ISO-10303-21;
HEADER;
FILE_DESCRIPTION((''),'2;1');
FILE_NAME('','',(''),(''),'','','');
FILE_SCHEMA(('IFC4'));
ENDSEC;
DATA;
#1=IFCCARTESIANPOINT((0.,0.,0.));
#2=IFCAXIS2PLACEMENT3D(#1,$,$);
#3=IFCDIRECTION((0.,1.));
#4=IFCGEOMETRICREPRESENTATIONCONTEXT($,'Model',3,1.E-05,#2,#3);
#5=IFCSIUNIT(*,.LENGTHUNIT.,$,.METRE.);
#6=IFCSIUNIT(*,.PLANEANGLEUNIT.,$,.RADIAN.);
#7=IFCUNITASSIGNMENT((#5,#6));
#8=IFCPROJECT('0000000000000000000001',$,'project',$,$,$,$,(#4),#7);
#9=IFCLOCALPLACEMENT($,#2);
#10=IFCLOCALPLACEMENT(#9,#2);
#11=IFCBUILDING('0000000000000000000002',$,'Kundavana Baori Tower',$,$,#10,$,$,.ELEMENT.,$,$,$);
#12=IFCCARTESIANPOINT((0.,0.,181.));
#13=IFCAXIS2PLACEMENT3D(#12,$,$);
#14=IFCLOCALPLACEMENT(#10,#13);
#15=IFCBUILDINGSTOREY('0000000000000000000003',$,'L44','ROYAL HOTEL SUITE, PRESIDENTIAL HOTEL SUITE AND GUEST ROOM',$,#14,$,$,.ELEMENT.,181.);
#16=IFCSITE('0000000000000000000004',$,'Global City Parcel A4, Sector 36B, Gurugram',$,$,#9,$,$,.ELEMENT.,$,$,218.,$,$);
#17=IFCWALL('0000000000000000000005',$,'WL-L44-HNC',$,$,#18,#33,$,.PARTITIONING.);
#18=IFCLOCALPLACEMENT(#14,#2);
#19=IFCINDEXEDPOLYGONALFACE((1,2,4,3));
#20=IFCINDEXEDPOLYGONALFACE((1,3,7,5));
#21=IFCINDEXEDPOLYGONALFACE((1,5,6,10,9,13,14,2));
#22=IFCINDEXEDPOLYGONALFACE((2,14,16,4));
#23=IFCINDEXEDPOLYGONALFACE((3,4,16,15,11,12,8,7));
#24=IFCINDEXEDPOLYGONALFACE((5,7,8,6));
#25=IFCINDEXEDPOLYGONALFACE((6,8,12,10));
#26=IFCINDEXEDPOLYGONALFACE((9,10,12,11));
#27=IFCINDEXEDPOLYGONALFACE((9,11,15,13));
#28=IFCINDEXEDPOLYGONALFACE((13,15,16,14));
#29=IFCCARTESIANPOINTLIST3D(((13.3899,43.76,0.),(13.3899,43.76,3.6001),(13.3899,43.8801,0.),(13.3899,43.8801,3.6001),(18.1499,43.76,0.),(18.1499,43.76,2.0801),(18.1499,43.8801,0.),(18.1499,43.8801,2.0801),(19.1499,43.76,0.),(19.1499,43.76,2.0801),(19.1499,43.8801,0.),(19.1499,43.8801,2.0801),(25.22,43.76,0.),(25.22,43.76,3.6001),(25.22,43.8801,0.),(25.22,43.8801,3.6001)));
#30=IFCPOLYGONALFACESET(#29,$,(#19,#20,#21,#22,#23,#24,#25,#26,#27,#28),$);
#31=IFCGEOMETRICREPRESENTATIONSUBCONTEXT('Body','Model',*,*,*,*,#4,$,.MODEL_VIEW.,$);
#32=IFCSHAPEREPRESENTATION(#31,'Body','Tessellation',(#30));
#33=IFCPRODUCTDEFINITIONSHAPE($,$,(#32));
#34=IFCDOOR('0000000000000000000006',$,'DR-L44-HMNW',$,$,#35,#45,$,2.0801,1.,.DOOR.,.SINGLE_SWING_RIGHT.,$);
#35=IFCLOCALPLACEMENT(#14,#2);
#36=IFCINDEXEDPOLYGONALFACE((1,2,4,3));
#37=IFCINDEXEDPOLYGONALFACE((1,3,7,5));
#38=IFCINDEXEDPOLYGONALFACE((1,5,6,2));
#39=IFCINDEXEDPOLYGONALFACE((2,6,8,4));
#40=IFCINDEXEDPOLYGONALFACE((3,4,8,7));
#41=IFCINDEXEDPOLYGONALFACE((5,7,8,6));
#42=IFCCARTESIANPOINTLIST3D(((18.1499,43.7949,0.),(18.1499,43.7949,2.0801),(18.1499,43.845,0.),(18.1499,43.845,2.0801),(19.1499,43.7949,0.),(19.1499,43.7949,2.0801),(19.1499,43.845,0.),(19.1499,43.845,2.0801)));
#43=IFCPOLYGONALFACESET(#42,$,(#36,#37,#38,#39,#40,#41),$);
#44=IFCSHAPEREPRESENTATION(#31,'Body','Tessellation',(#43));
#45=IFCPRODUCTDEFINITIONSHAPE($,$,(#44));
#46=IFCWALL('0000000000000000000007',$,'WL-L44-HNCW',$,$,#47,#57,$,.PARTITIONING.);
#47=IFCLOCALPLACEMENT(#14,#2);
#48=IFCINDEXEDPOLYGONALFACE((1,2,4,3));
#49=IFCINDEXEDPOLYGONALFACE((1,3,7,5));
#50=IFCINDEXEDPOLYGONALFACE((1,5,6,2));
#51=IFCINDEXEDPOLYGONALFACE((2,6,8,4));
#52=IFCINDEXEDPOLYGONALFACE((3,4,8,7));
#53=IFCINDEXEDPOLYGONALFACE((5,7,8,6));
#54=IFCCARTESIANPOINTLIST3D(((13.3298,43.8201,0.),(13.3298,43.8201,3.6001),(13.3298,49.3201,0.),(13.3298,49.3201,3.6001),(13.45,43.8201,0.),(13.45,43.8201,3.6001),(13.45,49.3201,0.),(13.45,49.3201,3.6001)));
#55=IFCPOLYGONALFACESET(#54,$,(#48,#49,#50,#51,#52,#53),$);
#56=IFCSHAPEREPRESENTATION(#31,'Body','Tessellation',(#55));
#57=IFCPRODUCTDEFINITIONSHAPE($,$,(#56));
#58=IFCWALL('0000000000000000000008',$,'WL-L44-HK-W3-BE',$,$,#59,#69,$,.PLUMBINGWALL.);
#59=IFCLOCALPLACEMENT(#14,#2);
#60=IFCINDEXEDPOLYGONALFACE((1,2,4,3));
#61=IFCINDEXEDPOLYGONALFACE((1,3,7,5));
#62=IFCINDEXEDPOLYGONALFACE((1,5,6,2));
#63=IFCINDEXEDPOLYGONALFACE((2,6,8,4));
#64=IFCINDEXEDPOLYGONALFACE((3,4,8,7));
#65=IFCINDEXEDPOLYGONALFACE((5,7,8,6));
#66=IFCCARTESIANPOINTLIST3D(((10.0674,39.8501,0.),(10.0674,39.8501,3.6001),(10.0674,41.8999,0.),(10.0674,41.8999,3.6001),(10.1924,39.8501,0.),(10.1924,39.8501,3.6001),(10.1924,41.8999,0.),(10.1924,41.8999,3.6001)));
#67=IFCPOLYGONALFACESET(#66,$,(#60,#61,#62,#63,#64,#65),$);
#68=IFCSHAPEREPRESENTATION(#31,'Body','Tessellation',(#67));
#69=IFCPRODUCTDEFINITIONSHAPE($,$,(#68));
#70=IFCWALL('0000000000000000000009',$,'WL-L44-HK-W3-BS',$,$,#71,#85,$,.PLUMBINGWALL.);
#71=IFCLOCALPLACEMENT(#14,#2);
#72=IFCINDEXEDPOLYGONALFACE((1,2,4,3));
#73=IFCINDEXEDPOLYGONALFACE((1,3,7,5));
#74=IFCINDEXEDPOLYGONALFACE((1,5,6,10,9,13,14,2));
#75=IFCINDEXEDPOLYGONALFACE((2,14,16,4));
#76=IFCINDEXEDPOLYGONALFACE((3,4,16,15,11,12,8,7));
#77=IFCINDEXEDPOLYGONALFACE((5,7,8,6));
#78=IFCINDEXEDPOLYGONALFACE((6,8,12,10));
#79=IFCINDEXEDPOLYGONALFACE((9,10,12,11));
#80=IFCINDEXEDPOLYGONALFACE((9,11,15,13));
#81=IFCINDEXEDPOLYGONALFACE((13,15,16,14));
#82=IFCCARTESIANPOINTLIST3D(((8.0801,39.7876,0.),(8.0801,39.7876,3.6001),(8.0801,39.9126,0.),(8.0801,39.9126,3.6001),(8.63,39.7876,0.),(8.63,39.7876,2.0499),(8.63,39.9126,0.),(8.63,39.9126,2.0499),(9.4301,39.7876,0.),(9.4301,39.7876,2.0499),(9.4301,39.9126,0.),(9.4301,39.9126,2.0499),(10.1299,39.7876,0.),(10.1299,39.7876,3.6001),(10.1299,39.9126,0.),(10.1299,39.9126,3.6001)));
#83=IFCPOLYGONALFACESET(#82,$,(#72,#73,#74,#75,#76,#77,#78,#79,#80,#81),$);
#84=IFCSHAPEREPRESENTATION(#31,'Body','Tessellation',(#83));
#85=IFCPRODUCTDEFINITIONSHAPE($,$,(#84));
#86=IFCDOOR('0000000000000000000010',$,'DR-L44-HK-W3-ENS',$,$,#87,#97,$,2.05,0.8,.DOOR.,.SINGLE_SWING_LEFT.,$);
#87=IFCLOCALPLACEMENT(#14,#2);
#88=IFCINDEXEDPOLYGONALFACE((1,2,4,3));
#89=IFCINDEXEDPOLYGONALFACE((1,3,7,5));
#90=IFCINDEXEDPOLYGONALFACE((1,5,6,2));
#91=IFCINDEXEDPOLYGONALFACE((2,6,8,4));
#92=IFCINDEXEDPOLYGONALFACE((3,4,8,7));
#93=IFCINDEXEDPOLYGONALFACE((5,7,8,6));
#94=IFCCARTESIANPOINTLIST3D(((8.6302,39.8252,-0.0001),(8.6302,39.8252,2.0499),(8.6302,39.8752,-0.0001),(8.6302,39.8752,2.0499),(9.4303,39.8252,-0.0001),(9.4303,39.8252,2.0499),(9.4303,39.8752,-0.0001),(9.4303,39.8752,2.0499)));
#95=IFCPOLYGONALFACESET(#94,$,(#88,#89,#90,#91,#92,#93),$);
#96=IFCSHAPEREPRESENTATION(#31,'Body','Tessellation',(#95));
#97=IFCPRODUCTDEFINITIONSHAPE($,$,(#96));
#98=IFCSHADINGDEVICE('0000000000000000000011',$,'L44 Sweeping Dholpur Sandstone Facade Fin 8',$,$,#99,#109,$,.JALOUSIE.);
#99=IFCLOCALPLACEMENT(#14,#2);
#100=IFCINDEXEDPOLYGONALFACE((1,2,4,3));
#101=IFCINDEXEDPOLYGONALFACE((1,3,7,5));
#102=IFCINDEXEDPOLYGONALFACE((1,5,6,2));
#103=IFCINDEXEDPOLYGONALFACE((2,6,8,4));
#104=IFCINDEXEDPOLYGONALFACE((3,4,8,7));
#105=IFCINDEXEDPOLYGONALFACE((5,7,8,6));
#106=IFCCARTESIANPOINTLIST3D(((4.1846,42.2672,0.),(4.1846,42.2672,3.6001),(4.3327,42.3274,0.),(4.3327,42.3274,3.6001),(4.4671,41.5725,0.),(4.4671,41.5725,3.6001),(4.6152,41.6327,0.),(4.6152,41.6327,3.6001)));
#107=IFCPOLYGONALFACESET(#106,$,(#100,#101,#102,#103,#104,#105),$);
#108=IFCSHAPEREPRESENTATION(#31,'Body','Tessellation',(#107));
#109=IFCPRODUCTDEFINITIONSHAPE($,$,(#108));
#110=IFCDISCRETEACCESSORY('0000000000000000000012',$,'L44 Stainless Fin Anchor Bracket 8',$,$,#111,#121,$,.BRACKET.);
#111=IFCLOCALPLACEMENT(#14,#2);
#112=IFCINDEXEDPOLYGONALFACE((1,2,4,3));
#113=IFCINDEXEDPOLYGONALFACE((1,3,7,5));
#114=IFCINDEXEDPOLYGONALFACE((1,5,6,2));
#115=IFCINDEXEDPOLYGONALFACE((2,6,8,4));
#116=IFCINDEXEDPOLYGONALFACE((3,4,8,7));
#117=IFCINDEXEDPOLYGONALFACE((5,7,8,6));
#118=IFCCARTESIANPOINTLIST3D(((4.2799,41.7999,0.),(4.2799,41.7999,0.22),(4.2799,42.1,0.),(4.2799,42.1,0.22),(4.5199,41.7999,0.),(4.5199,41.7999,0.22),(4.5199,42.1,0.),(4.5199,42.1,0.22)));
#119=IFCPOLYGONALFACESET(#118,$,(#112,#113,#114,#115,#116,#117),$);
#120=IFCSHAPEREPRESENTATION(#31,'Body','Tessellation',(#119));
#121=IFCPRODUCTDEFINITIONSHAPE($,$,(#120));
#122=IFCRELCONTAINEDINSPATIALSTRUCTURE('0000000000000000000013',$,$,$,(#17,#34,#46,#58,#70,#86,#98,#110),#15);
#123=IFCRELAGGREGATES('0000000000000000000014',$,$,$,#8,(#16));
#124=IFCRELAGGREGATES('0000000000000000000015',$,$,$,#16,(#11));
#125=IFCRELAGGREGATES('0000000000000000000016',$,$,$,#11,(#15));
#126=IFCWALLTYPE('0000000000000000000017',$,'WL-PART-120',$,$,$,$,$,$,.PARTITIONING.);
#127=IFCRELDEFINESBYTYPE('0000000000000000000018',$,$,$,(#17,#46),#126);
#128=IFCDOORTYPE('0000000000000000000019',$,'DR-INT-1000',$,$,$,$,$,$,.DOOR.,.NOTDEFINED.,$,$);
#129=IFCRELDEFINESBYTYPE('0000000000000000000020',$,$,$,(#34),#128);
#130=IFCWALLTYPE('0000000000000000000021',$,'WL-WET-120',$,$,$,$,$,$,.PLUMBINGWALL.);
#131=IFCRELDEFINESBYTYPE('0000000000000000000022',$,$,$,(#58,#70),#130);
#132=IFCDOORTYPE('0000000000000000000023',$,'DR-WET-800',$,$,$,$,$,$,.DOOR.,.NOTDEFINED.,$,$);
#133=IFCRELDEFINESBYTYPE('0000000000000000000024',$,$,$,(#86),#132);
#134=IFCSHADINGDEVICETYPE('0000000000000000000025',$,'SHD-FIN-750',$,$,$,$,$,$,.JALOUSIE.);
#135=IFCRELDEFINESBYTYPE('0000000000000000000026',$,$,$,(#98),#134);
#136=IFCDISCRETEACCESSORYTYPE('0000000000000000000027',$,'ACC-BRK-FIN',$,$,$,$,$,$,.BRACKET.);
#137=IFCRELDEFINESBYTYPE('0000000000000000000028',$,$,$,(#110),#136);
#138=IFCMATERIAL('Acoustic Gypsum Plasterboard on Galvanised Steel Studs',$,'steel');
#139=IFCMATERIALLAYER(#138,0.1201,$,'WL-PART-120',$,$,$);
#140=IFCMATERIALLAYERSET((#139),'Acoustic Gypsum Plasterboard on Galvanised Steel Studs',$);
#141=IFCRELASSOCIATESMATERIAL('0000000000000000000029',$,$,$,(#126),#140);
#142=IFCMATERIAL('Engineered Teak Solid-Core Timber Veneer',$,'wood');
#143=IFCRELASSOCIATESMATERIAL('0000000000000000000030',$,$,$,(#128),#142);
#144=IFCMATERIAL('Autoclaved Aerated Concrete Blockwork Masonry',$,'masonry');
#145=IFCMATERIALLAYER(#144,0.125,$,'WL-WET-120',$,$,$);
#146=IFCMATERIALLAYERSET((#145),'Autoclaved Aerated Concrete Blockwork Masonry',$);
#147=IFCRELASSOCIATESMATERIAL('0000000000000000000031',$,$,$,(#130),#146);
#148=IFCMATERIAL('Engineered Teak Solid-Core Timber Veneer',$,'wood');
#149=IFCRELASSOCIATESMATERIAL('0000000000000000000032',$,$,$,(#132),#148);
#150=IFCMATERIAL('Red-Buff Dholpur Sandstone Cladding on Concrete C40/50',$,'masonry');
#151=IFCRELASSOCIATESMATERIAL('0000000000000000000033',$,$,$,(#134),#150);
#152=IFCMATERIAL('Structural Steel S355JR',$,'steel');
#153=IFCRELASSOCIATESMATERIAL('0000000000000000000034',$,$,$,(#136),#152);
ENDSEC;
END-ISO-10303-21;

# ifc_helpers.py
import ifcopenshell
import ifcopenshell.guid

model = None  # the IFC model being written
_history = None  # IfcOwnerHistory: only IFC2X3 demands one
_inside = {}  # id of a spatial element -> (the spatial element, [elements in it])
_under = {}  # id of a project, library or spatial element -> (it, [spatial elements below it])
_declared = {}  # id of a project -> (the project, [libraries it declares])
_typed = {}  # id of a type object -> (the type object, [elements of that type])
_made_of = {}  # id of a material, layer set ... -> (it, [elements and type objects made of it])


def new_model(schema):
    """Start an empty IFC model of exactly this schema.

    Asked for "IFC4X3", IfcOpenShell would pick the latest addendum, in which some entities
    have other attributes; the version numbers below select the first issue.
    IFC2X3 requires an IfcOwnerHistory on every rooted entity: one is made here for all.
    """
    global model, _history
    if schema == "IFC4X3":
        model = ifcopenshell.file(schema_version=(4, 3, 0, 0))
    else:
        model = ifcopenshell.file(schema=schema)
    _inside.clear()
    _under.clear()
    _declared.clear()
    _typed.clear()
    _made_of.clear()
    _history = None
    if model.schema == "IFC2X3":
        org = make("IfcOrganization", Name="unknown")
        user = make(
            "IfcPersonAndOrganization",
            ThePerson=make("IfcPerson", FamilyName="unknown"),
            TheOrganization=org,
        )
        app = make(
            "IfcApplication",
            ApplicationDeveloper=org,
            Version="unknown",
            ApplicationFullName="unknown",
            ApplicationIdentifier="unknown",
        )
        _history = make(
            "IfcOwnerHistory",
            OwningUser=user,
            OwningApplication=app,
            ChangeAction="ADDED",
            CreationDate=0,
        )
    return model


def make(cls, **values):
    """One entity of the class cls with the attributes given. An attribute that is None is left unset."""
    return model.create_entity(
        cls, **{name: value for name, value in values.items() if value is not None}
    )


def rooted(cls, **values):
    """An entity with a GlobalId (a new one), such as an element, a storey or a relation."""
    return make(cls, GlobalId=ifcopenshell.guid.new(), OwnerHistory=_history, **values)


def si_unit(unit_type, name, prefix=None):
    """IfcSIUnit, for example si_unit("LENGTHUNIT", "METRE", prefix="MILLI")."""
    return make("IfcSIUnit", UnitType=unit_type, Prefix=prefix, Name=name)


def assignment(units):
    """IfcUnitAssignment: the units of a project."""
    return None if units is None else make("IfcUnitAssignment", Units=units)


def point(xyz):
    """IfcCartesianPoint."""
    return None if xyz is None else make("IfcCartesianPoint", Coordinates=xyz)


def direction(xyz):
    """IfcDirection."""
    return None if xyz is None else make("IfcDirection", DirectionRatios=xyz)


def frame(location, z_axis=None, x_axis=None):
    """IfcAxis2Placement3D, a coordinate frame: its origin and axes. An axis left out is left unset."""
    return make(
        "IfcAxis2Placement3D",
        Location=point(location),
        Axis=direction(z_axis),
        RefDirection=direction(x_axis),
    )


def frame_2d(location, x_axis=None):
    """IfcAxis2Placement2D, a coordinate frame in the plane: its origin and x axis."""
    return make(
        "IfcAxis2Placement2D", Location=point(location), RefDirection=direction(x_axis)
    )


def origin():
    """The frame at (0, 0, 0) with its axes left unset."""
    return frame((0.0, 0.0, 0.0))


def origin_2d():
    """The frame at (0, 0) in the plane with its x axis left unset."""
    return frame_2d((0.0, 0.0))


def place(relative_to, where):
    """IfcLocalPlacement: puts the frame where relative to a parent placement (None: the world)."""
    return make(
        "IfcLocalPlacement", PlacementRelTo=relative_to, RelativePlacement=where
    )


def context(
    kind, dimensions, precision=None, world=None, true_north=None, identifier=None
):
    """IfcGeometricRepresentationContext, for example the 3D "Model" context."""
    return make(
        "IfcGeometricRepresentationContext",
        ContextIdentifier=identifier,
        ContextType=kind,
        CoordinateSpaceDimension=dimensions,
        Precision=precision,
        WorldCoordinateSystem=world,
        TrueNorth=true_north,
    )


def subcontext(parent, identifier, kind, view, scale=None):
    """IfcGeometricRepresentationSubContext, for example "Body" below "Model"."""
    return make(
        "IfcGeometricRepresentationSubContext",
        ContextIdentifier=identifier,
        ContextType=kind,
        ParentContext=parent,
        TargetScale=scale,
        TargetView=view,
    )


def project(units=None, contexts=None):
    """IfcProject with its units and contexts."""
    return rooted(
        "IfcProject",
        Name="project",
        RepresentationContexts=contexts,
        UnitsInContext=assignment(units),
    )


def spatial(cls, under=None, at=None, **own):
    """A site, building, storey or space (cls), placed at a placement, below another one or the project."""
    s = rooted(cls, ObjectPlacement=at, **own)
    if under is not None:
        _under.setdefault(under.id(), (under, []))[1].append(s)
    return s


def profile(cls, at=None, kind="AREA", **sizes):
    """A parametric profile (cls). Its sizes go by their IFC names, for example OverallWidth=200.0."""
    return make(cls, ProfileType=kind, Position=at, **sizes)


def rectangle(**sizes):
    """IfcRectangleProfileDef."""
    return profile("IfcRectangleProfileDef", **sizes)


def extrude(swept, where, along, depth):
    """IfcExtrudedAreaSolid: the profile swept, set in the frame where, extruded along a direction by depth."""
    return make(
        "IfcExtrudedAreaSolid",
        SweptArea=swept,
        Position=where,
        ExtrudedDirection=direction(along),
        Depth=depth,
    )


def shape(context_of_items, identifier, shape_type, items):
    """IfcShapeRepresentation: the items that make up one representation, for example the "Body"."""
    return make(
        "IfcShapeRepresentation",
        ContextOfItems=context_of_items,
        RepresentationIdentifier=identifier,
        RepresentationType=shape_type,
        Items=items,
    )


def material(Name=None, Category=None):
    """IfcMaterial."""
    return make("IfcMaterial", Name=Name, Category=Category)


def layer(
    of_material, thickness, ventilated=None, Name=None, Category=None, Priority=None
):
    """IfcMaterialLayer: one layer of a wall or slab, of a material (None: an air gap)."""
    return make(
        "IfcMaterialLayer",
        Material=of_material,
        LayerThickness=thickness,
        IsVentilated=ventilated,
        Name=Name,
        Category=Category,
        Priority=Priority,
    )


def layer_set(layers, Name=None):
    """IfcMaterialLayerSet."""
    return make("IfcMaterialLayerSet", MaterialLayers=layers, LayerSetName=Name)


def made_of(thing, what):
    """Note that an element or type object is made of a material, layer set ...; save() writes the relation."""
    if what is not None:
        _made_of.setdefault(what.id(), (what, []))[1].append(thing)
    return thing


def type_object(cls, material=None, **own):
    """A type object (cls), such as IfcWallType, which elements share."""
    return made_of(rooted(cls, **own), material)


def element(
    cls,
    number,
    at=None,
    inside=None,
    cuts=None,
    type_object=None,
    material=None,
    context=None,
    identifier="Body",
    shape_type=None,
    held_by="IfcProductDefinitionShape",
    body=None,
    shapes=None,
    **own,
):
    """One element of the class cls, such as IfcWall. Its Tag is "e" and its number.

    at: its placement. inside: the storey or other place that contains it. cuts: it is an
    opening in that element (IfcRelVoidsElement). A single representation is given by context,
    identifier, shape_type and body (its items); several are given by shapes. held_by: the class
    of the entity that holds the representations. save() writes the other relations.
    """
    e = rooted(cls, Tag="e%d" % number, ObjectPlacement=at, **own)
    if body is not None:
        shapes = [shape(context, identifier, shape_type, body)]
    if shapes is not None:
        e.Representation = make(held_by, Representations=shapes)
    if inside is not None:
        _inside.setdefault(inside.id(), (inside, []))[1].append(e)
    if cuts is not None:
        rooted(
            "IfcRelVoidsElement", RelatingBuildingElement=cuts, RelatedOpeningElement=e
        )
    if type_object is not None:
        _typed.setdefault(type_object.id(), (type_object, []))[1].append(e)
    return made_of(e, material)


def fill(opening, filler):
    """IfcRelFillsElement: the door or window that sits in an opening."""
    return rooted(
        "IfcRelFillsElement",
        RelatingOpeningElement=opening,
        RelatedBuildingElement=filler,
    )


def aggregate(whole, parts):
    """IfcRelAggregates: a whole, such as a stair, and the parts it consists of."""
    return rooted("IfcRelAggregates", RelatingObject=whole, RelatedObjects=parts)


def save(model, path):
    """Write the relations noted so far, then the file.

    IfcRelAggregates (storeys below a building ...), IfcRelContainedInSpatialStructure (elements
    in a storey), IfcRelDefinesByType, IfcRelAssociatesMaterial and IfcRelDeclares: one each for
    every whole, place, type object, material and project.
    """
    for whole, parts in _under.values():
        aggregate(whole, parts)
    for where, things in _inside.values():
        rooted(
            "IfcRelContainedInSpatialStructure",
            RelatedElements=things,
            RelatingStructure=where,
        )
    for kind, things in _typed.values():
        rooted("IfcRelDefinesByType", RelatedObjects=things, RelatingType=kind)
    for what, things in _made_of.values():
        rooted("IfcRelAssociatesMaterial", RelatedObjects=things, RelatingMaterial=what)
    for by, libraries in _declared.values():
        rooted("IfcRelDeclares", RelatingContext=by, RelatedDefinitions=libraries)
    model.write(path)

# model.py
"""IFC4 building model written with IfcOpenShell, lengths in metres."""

from ifc_helpers import new_model, si_unit, direction, frame, frame_2d, origin, origin_2d, place, context, subcontext, project, spatial, rectangle, extrude, material, layer, layer_set, type_object, element, fill, save


model = new_model("IFC4")

# Units and contexts
model_context = context("Model", 3, precision=1e-05, world=origin(), true_north=direction((0.0, 1.0)))
body_context = subcontext(model_context, "Body", "Model", "MODEL_VIEW")
ifc_project = project(units=[si_unit("LENGTHUNIT", "METRE"), si_unit("PLANEANGLEUNIT", "RADIAN")], contexts=[model_context])

# Site, building, storey
site_placement = place(None, origin())
site = spatial("IfcSite", under=ifc_project, at=site_placement, Name="Global City Parcel A4, Sector 36B, Gurugram", CompositionType="ELEMENT", RefElevation=218.0)
building_placement = place(site_placement, origin())
building = spatial("IfcBuilding", under=site, at=building_placement, Name="Kundavana Baori Tower", CompositionType="ELEMENT")
storey_placement = place(building_placement, frame((0.0, 0.0, 181.0)))
storey = spatial("IfcBuildingStorey", under=building, at=storey_placement, Name="L44", Description="ROYAL HOTEL SUITE, PRESIDENTIAL HOTEL SUITE AND GUEST ROOM", CompositionType="ELEMENT", Elevation=181.0)

# Shared definitions
ifc_material_1 = material(Name="Acoustic Gypsum Plasterboard on Galvanised Steel Studs", Category="steel")
ifc_layer_1 = layer(ifc_material_1, 0.1201, Name="WL-PART-120")
ifc_layer_set_1 = layer_set([ifc_layer_1], Name="Acoustic Gypsum Plasterboard on Galvanised Steel Studs")
wall_type_1 = type_object("IfcWallType", Name="WL-PART-120", PredefinedType="PARTITIONING", material=ifc_layer_set_1)

# Wall, opening, door
wall_1_placement = place(storey_placement, frame((13.3899, 43.8201, 0.0), z_axis=(0.0, 0.0, 1.0), x_axis=(1.0, 0.0, 0.0)))
wall_1 = element("IfcWall", 1, at=wall_1_placement, inside=storey, type_object=wall_type_1, Name="WL-L44-HNC", PredefinedType="PARTITIONING", context=body_context, shape_type="SweptSolid", body=[
    extrude(rectangle(XDim=11.8301, YDim=0.1201, at=frame_2d((5.915, 0.0))), origin(), (0.0, 0.0, 1.0), 3.6001),
])
opening_1_placement = place(wall_1_placement, frame((4.76, 0.0, 0.0)))
opening_1 = element("IfcOpeningElement", 2, at=opening_1_placement, cuts=wall_1, PredefinedType="OPENING", context=body_context, shape_type="SweptSolid", body=[
    extrude(rectangle(XDim=1.0, YDim=2.0801, at=frame_2d((0.5, 1.04))), frame((0.0, 0.0701, 0.0), z_axis=(0.0, -1.0, 0.0), x_axis=(1.0, 0.0, 0.0)), (0.0, 0.0, 1.0), 0.1401),
])
ifc_material_2 = material(Name="Engineered Teak Solid-Core Timber Veneer", Category="wood")
door_type_1 = type_object("IfcDoorType", Name="DR-INT-1000", OperationType="NOTDEFINED", PredefinedType="DOOR", material=ifc_material_2)
door_1_placement = place(opening_1_placement, origin())
door_1 = element("IfcDoor", 3, at=door_1_placement, inside=storey, type_object=door_type_1, Name="DR-L44-HMNW", OperationType="SINGLE_SWING_RIGHT", OverallHeight=2.0801, OverallWidth=1.0, PredefinedType="DOOR", context=body_context, shape_type="SweptSolid", body=[
    extrude(rectangle(XDim=1.0, YDim=2.0801, at=frame_2d((0.5, 1.04))), frame((0.0, 0.0249, 0.0), z_axis=(0.0, -1.0, 0.0), x_axis=(1.0, 0.0, 0.0)), (0.0, 0.0, 1.0), 0.05),
])
fill(opening_1, door_1)

# Walls
wall_2_placement = place(storey_placement, frame((13.3899, 43.8201, 0.0), z_axis=(0.0, 0.0, 1.0), x_axis=(0.0, 1.0, 0.0)))
element("IfcWall", 4, at=wall_2_placement, inside=storey, type_object=wall_type_1, Name="WL-L44-HNCW", PredefinedType="PARTITIONING", context=body_context, shape_type="SweptSolid", body=[
    extrude(rectangle(XDim=5.5, YDim=0.1201, at=frame_2d((2.75, 0.0))), origin(), (0.0, 0.0, 1.0), 3.6001),
])
ifc_material_3 = material(Name="Autoclaved Aerated Concrete Blockwork Masonry", Category="masonry")
ifc_layer_2 = layer(ifc_material_3, 0.125, Name="WL-WET-120")
ifc_layer_set_2 = layer_set([ifc_layer_2], Name="Autoclaved Aerated Concrete Blockwork Masonry")
wall_type_2 = type_object("IfcWallType", Name="WL-WET-120", PredefinedType="PLUMBINGWALL", material=ifc_layer_set_2)
wall_3_placement = place(storey_placement, frame((10.1299, 39.8501, 0.0), z_axis=(0.0, 0.0, 1.0), x_axis=(0.0, 1.0, 0.0)))
element("IfcWall", 5, at=wall_3_placement, inside=storey, type_object=wall_type_2, Name="WL-L44-HK-W3-BE", PredefinedType="PLUMBINGWALL", context=body_context, shape_type="SweptSolid", body=[
    extrude(rectangle(XDim=2.0498, YDim=0.125, at=frame_2d((1.0249, 0.0))), origin(), (0.0, 0.0, 1.0), 3.6001),
])

# Wall, opening, door
wall_4_placement = place(storey_placement, frame((8.0801, 39.8501, 0.0), z_axis=(0.0, 0.0, 1.0), x_axis=(1.0, 0.0, 0.0)))
wall_4 = element("IfcWall", 6, at=wall_4_placement, inside=storey, type_object=wall_type_2, Name="WL-L44-HK-W3-BS", PredefinedType="PLUMBINGWALL", context=body_context, shape_type="SweptSolid", body=[
    extrude(rectangle(XDim=2.0498, YDim=0.125, at=frame_2d((1.0249, 0.0))), origin(), (0.0, 0.0, 1.0), 3.6001),
])
opening_2_placement = place(wall_4_placement, frame((0.55, 0.0, 0.0)))
opening_2 = element("IfcOpeningElement", 7, at=opening_2_placement, cuts=wall_4, PredefinedType="OPENING", context=body_context, shape_type="SweptSolid", body=[
    extrude(rectangle(XDim=0.8, YDim=2.05, at=frame_2d((0.3999, 1.0249))), frame((0.0, 0.0725, 0.0), z_axis=(0.0, -1.0, 0.0), x_axis=(1.0, 0.0, 0.0)), (0.0, 0.0, 1.0), 0.145),
])
ifc_material_4 = material(Name="Engineered Teak Solid-Core Timber Veneer", Category="wood")
door_type_2 = type_object("IfcDoorType", Name="DR-WET-800", OperationType="NOTDEFINED", PredefinedType="DOOR", material=ifc_material_4)
door_2_placement = place(opening_2_placement, frame((0.8, 0.0, 0.0), z_axis=(0.0, 0.0, 1.0), x_axis=(-1.0, 0.0, 0.0)))
door_2 = element("IfcDoor", 8, at=door_2_placement, inside=storey, type_object=door_type_2, Name="DR-L44-HK-W3-ENS", OperationType="SINGLE_SWING_LEFT", OverallHeight=2.05, OverallWidth=0.8, PredefinedType="DOOR", context=body_context, shape_type="SweptSolid", body=[
    extrude(rectangle(XDim=0.8, YDim=2.05, at=frame_2d((0.3999, 1.0249))), frame((0.0, 0.0249, 0.0), z_axis=(0.0, -1.0, 0.0), x_axis=(1.0, 0.0, 0.0)), (0.0, 0.0, 1.0), 0.05),
])
fill(opening_2, door_2)

# Shading device
ifc_material_5 = material(Name="Red-Buff Dholpur Sandstone Cladding on Concrete C40/50", Category="masonry")
shading_device_type = type_object("IfcShadingDeviceType", Name="SHD-FIN-750", PredefinedType="JALOUSIE", material=ifc_material_5)
shading_device_placement = place(storey_placement, frame((4.3999, 41.95, 0.0), z_axis=(0.0, 0.0, 1.0), x_axis=(0.926332, 0.376709, 0.0)))
element("IfcShadingDevice", 9, at=shading_device_placement, inside=storey, type_object=shading_device_type, Name="L44 Sweeping Dholpur Sandstone Facade Fin 8", PredefinedType="JALOUSIE", context=body_context, shape_type="SweptSolid", body=[
    extrude(rectangle(XDim=0.1599, YDim=0.75, at=origin_2d()), origin(), (0.0, 0.0, 1.0), 3.6001),
])

# Discrete accessory
ifc_material_6 = material(Name="Structural Steel S355JR", Category="steel")
discrete_accessory_type = type_object("IfcDiscreteAccessoryType", Name="ACC-BRK-FIN", PredefinedType="BRACKET", material=ifc_material_6)
discrete_accessory_placement = place(storey_placement, frame((4.3999, 41.95, 0.0), z_axis=(0.0, 0.0, 1.0), x_axis=(1.0, 0.0, 0.0)))
element("IfcDiscreteAccessory", 10, at=discrete_accessory_placement, inside=storey, type_object=discrete_accessory_type, Name="L44 Stainless Fin Anchor Bracket 8", PredefinedType="BRACKET", context=body_context, shape_type="SweptSolid", body=[
    extrude(rectangle(XDim=0.24, YDim=0.3, at=origin_2d()), origin(), (0.0, 0.0, 1.0), 0.22),
])

save(model, "model.ifc")
